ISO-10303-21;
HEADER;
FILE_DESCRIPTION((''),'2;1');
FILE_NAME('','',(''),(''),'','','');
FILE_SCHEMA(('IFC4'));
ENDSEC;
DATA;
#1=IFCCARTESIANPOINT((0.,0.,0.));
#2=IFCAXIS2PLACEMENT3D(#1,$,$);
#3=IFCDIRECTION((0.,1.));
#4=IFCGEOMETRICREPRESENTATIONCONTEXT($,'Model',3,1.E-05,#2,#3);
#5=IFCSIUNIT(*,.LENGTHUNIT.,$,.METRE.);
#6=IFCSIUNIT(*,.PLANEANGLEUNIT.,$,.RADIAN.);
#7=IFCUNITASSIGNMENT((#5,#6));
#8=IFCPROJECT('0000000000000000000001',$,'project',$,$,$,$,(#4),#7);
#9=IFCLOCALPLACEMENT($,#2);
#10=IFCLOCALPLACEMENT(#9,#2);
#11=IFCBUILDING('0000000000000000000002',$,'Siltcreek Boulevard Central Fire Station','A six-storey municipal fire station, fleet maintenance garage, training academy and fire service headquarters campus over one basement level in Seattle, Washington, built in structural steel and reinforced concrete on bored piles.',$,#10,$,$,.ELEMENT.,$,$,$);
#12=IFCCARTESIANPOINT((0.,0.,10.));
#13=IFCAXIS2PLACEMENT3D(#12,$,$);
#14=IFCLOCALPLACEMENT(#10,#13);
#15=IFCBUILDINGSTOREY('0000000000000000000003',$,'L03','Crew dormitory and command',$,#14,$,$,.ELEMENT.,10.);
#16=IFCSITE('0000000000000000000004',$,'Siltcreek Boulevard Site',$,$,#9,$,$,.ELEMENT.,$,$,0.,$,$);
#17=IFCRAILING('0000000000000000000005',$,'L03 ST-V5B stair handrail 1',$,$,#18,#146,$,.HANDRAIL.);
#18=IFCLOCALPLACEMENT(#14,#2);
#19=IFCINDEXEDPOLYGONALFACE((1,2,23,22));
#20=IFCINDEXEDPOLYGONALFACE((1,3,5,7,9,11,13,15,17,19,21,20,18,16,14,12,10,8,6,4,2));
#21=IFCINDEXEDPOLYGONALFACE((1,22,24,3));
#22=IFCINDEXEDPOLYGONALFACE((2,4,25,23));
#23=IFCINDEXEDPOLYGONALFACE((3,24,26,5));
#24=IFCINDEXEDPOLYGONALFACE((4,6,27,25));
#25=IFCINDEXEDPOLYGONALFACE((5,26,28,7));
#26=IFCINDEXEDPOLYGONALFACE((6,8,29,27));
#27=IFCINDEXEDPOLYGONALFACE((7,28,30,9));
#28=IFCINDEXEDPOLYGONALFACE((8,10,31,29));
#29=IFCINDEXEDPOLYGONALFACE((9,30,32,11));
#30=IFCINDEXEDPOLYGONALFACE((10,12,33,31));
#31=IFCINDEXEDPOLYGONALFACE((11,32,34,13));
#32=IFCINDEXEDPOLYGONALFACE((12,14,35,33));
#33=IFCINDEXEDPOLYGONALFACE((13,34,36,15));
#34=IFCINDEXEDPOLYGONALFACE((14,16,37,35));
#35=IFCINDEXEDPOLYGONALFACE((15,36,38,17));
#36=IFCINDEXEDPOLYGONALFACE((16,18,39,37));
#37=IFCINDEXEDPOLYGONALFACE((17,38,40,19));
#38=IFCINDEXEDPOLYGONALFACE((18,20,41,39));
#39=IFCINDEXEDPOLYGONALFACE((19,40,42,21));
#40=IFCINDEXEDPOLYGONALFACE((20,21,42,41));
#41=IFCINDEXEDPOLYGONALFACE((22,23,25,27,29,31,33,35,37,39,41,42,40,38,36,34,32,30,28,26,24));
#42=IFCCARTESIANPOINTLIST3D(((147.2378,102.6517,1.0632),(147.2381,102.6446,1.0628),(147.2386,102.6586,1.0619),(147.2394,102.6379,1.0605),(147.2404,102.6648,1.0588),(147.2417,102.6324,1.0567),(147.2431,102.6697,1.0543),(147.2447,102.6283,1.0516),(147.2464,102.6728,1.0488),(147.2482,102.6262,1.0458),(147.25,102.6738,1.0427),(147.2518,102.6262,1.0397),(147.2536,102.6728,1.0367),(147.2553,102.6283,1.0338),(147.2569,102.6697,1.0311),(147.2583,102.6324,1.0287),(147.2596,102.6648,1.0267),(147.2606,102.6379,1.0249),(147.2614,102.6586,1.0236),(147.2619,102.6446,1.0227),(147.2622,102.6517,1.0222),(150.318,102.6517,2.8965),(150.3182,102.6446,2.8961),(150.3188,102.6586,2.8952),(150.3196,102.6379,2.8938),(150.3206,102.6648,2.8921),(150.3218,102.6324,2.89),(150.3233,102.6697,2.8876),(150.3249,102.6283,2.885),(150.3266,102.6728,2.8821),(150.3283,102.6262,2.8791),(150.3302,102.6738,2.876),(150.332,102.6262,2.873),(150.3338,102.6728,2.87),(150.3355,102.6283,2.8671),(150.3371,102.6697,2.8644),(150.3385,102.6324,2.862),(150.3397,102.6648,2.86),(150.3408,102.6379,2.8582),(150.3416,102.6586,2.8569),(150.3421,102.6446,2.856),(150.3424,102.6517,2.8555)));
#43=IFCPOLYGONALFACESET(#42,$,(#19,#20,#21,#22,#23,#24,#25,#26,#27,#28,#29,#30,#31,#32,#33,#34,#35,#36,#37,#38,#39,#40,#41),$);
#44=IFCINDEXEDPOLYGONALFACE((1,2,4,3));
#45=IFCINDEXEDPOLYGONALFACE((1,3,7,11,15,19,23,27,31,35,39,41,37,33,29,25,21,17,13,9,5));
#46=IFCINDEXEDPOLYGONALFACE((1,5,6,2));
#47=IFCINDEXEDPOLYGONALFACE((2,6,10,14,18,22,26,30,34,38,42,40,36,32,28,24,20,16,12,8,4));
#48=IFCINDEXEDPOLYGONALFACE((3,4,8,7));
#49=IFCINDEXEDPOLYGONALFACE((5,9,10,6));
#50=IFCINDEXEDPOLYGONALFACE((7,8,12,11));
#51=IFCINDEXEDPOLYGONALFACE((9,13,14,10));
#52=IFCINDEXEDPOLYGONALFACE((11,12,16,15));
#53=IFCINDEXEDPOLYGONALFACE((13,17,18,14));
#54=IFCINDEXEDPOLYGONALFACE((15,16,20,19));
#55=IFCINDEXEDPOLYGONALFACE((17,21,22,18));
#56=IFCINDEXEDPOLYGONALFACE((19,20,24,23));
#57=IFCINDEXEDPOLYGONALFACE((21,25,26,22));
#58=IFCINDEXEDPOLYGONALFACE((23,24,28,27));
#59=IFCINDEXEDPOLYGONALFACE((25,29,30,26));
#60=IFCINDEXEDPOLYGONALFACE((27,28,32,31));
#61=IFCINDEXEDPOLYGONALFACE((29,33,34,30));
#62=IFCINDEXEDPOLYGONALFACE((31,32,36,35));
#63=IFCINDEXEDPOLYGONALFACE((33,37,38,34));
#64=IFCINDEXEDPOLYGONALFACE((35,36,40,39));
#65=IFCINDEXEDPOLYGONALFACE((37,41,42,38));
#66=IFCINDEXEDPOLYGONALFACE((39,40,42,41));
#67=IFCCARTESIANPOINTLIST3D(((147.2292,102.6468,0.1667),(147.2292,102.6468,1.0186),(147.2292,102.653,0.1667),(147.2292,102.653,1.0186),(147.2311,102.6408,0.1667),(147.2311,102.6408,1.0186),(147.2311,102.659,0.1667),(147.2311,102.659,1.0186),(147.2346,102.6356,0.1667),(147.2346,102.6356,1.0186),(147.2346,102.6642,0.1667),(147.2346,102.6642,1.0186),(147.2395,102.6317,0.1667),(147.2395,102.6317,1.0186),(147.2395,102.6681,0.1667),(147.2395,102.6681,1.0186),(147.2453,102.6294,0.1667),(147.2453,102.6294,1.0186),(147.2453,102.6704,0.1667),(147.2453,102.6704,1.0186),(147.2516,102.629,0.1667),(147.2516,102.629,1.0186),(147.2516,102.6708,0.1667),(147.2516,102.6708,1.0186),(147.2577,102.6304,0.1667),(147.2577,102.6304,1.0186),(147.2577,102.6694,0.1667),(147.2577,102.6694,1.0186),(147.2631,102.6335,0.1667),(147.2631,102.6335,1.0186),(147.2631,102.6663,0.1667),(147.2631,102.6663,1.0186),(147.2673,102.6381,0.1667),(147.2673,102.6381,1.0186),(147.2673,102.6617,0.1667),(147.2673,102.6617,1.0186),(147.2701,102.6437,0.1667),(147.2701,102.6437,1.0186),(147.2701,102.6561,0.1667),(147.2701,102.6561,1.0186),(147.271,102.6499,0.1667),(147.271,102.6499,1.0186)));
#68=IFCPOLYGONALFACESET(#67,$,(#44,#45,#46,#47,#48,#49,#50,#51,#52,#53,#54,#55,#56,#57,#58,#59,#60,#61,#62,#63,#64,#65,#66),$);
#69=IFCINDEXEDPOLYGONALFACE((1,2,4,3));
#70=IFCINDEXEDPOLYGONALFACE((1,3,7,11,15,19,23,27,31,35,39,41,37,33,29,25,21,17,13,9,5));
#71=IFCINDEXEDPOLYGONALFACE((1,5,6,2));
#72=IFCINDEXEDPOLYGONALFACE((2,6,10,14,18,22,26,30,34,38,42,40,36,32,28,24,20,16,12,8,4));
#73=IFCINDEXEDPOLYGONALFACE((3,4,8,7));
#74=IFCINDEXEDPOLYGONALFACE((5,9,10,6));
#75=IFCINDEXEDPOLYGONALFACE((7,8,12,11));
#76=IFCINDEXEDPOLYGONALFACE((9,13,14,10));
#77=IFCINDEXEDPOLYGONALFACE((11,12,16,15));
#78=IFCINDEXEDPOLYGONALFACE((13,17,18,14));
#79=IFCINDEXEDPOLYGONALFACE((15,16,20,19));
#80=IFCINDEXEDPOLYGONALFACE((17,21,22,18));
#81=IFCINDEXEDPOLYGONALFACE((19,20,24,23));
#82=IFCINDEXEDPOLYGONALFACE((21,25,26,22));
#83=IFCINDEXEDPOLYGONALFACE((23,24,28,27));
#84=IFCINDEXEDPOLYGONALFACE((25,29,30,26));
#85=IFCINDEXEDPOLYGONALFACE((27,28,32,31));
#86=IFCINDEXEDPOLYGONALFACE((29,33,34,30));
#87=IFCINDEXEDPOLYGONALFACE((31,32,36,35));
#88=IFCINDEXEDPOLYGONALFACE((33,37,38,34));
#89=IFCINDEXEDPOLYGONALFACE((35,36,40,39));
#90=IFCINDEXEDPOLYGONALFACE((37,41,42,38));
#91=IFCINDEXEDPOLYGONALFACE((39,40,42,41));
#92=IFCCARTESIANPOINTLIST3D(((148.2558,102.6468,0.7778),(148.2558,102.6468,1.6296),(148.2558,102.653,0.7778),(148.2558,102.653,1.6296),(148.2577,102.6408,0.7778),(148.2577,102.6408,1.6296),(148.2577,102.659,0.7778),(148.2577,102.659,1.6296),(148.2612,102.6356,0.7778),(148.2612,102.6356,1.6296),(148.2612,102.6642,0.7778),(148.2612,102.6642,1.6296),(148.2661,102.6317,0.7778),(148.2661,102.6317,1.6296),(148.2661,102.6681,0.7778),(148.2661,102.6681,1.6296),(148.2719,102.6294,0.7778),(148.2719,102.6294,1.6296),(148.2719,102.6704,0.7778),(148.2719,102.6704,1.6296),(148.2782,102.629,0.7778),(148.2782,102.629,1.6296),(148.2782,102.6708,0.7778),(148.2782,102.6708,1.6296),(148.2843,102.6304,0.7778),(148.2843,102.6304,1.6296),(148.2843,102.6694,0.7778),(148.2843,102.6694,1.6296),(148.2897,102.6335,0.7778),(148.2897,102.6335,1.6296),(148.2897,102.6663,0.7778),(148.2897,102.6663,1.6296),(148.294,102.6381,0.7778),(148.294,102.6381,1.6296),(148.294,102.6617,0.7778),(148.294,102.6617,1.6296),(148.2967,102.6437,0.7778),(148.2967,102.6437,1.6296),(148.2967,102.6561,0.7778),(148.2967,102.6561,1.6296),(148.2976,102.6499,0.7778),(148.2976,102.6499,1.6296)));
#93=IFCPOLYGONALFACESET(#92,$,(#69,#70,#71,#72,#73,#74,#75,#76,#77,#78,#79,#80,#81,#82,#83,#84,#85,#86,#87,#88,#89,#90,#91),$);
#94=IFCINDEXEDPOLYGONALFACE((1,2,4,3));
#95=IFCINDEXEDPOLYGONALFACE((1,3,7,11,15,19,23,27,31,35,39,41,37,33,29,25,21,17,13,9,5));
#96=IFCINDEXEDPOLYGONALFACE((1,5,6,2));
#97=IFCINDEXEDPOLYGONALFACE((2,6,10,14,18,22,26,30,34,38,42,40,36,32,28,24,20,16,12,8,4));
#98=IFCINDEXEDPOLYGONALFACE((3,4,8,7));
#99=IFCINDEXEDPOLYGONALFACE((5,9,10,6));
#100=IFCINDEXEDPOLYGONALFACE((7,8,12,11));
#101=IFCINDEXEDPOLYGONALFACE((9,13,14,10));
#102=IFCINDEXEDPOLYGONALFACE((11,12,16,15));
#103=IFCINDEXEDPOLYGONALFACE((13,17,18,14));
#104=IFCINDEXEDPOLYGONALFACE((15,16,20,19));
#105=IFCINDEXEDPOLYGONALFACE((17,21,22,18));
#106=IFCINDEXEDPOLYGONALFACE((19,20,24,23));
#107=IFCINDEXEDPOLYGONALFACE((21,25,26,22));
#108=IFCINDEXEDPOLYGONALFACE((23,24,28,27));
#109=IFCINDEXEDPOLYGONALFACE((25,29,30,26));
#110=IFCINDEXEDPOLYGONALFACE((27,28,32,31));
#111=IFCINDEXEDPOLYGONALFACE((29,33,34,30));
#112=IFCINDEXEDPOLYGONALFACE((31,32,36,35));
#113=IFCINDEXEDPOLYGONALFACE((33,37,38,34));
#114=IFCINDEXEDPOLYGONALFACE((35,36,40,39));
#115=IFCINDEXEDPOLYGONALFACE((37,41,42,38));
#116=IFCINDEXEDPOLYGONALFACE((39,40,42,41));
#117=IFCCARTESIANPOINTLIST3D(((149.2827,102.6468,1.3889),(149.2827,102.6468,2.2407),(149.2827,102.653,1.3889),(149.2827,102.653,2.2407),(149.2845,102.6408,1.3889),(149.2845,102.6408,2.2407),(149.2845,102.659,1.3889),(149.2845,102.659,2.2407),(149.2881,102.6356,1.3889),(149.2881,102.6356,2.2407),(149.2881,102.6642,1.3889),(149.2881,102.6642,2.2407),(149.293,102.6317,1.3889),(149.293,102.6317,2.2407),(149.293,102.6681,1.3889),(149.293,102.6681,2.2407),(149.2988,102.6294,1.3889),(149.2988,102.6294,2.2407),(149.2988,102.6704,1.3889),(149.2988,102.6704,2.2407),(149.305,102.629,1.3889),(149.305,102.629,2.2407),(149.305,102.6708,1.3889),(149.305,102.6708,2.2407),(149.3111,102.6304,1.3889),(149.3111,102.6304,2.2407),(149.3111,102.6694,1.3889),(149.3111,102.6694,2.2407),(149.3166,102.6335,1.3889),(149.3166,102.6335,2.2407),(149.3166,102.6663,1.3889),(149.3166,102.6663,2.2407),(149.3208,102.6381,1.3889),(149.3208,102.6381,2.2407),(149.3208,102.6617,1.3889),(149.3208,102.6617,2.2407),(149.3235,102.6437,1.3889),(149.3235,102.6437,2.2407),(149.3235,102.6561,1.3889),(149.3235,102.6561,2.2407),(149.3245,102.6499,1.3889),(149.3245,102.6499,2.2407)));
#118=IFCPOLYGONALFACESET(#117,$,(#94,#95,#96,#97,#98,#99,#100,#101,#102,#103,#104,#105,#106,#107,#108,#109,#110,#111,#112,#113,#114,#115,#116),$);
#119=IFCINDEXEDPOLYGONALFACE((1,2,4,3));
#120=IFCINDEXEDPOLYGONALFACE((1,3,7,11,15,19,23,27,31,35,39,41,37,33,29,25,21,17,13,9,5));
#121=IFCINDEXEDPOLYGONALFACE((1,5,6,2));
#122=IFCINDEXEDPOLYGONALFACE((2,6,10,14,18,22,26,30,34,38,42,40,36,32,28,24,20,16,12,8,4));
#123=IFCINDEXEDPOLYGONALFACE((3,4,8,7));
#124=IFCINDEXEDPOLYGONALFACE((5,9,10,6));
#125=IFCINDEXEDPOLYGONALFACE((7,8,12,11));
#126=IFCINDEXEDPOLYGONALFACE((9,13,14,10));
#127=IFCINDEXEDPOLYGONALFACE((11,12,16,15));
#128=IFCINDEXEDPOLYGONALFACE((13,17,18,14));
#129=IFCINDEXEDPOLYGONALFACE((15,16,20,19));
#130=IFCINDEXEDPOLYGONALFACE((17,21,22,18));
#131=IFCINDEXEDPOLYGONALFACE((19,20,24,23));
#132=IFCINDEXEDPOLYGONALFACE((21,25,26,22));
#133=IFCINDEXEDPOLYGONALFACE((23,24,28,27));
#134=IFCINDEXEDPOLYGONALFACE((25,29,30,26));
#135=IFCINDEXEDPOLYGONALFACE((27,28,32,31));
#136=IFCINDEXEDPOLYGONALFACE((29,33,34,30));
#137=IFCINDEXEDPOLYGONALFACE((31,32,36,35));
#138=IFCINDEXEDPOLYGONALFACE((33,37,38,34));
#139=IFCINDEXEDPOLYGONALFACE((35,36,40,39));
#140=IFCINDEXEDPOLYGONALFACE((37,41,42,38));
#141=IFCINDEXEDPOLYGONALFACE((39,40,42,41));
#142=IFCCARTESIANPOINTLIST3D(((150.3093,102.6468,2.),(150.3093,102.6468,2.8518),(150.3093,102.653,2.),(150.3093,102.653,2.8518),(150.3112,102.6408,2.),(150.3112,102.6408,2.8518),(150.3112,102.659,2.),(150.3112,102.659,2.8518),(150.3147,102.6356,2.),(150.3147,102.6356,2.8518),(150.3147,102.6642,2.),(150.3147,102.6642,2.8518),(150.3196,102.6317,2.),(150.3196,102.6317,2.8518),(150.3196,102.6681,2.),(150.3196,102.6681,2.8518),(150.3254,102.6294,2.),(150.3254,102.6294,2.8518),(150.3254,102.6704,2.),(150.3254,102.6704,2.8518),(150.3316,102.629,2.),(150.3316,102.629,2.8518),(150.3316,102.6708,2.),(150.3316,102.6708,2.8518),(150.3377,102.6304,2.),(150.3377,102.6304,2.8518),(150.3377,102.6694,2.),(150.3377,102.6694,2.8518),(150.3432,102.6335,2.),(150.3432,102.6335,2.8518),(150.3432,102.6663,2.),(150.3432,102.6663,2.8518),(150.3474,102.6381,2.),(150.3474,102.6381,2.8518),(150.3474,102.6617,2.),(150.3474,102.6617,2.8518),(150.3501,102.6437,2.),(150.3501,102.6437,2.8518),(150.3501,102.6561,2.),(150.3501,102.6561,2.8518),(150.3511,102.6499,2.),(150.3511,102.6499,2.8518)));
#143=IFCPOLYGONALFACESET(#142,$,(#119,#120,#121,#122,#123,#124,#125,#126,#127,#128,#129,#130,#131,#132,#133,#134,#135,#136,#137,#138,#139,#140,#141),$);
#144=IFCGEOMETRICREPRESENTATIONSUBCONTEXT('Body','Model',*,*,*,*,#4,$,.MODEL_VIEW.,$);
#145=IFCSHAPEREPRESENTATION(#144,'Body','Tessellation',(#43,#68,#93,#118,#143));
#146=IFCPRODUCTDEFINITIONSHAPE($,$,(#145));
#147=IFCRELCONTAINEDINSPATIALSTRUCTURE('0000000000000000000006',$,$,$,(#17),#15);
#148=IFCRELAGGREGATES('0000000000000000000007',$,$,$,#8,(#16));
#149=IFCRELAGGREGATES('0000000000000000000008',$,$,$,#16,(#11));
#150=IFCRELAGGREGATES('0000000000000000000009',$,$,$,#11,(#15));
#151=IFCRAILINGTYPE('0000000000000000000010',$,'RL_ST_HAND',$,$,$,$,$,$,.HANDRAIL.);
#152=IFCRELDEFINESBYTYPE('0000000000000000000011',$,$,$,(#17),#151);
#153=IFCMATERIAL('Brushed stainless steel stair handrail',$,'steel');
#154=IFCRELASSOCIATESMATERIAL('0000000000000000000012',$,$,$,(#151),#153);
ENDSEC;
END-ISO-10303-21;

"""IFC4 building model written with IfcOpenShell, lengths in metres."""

from ifc_helpers import new_model, si_unit, direction, frame, origin, origin_2d, place, context, subcontext, project, spatial, circle, extrude, material, type_object, element, save


model = new_model("IFC4")

# Units and contexts
model_context = context("Model", 3, precision=1e-05, world=origin(), true_north=direction((0.0, 1.0)))
body_context = subcontext(model_context, "Body", "Model", "MODEL_VIEW")
ifc_project = project(units=[si_unit("LENGTHUNIT", "METRE"), si_unit("PLANEANGLEUNIT", "RADIAN")], contexts=[model_context])

# Site, building, storey
site_placement = place(None, origin())
site = spatial("IfcSite", under=ifc_project, at=site_placement, Name="Siltcreek Boulevard Site", CompositionType="ELEMENT", RefElevation=0.0)
building_placement = place(site_placement, origin())
building = spatial("IfcBuilding", under=site, at=building_placement, Name="Siltcreek Boulevard Central Fire Station", Description="A six-storey municipal fire station, fleet maintenance garage, training academy and fire service headquarters campus over one basement level in Seattle, Washington, built in structural steel and reinforced concrete on bored piles.", CompositionType="ELEMENT")
storey_placement = place(building_placement, frame((0.0, 0.0, 10.0)))
storey = spatial("IfcBuildingStorey", under=building, at=storey_placement, Name="L03", Description="Crew dormitory and command", CompositionType="ELEMENT", Elevation=10.0)

# Railing
ifc_material_1 = material(Name="Brushed stainless steel stair handrail", Category="steel")
railing_type_1 = type_object("IfcRailingType", Name="RL_ST_HAND", PredefinedType="HANDRAIL", material=ifc_material_1)
railing_1_placement = place(storey_placement, frame((147.25, 102.6499, 0.1667)))
element("IfcRailing", 1, at=railing_1_placement, inside=storey, type_object=railing_type_1, Name="L03 ST-V5B stair handrail 1", PredefinedType="HANDRAIL", context=body_context, shape_type="SweptSolid", body=[
    extrude(circle(Radius=0.0239, at=origin_2d()), frame((0.0, 0.0, 0.876), z_axis=(0.859309, 0.0, 0.511458), x_axis=(0.0, 1.0, 0.0)), (0.0, 0.0, 1.0), 3.5845),
    extrude(circle(Radius=0.021, at=origin_2d()), origin(), (0.0, 0.0, 1.0), 0.8518),
    extrude(circle(Radius=0.021, at=origin_2d()), frame((1.0266, 0.0, 0.6111)), (0.0, 0.0, 1.0), 0.8518),
    extrude(circle(Radius=0.021, at=origin_2d()), frame((2.0535, 0.0, 1.2222)), (0.0, 0.0, 1.0), 0.8518),
    extrude(circle(Radius=0.021, at=origin_2d()), frame((3.0801, 0.0, 1.8333)), (0.0, 0.0, 1.0), 0.8518),
])

save(model, "model.ifc")
